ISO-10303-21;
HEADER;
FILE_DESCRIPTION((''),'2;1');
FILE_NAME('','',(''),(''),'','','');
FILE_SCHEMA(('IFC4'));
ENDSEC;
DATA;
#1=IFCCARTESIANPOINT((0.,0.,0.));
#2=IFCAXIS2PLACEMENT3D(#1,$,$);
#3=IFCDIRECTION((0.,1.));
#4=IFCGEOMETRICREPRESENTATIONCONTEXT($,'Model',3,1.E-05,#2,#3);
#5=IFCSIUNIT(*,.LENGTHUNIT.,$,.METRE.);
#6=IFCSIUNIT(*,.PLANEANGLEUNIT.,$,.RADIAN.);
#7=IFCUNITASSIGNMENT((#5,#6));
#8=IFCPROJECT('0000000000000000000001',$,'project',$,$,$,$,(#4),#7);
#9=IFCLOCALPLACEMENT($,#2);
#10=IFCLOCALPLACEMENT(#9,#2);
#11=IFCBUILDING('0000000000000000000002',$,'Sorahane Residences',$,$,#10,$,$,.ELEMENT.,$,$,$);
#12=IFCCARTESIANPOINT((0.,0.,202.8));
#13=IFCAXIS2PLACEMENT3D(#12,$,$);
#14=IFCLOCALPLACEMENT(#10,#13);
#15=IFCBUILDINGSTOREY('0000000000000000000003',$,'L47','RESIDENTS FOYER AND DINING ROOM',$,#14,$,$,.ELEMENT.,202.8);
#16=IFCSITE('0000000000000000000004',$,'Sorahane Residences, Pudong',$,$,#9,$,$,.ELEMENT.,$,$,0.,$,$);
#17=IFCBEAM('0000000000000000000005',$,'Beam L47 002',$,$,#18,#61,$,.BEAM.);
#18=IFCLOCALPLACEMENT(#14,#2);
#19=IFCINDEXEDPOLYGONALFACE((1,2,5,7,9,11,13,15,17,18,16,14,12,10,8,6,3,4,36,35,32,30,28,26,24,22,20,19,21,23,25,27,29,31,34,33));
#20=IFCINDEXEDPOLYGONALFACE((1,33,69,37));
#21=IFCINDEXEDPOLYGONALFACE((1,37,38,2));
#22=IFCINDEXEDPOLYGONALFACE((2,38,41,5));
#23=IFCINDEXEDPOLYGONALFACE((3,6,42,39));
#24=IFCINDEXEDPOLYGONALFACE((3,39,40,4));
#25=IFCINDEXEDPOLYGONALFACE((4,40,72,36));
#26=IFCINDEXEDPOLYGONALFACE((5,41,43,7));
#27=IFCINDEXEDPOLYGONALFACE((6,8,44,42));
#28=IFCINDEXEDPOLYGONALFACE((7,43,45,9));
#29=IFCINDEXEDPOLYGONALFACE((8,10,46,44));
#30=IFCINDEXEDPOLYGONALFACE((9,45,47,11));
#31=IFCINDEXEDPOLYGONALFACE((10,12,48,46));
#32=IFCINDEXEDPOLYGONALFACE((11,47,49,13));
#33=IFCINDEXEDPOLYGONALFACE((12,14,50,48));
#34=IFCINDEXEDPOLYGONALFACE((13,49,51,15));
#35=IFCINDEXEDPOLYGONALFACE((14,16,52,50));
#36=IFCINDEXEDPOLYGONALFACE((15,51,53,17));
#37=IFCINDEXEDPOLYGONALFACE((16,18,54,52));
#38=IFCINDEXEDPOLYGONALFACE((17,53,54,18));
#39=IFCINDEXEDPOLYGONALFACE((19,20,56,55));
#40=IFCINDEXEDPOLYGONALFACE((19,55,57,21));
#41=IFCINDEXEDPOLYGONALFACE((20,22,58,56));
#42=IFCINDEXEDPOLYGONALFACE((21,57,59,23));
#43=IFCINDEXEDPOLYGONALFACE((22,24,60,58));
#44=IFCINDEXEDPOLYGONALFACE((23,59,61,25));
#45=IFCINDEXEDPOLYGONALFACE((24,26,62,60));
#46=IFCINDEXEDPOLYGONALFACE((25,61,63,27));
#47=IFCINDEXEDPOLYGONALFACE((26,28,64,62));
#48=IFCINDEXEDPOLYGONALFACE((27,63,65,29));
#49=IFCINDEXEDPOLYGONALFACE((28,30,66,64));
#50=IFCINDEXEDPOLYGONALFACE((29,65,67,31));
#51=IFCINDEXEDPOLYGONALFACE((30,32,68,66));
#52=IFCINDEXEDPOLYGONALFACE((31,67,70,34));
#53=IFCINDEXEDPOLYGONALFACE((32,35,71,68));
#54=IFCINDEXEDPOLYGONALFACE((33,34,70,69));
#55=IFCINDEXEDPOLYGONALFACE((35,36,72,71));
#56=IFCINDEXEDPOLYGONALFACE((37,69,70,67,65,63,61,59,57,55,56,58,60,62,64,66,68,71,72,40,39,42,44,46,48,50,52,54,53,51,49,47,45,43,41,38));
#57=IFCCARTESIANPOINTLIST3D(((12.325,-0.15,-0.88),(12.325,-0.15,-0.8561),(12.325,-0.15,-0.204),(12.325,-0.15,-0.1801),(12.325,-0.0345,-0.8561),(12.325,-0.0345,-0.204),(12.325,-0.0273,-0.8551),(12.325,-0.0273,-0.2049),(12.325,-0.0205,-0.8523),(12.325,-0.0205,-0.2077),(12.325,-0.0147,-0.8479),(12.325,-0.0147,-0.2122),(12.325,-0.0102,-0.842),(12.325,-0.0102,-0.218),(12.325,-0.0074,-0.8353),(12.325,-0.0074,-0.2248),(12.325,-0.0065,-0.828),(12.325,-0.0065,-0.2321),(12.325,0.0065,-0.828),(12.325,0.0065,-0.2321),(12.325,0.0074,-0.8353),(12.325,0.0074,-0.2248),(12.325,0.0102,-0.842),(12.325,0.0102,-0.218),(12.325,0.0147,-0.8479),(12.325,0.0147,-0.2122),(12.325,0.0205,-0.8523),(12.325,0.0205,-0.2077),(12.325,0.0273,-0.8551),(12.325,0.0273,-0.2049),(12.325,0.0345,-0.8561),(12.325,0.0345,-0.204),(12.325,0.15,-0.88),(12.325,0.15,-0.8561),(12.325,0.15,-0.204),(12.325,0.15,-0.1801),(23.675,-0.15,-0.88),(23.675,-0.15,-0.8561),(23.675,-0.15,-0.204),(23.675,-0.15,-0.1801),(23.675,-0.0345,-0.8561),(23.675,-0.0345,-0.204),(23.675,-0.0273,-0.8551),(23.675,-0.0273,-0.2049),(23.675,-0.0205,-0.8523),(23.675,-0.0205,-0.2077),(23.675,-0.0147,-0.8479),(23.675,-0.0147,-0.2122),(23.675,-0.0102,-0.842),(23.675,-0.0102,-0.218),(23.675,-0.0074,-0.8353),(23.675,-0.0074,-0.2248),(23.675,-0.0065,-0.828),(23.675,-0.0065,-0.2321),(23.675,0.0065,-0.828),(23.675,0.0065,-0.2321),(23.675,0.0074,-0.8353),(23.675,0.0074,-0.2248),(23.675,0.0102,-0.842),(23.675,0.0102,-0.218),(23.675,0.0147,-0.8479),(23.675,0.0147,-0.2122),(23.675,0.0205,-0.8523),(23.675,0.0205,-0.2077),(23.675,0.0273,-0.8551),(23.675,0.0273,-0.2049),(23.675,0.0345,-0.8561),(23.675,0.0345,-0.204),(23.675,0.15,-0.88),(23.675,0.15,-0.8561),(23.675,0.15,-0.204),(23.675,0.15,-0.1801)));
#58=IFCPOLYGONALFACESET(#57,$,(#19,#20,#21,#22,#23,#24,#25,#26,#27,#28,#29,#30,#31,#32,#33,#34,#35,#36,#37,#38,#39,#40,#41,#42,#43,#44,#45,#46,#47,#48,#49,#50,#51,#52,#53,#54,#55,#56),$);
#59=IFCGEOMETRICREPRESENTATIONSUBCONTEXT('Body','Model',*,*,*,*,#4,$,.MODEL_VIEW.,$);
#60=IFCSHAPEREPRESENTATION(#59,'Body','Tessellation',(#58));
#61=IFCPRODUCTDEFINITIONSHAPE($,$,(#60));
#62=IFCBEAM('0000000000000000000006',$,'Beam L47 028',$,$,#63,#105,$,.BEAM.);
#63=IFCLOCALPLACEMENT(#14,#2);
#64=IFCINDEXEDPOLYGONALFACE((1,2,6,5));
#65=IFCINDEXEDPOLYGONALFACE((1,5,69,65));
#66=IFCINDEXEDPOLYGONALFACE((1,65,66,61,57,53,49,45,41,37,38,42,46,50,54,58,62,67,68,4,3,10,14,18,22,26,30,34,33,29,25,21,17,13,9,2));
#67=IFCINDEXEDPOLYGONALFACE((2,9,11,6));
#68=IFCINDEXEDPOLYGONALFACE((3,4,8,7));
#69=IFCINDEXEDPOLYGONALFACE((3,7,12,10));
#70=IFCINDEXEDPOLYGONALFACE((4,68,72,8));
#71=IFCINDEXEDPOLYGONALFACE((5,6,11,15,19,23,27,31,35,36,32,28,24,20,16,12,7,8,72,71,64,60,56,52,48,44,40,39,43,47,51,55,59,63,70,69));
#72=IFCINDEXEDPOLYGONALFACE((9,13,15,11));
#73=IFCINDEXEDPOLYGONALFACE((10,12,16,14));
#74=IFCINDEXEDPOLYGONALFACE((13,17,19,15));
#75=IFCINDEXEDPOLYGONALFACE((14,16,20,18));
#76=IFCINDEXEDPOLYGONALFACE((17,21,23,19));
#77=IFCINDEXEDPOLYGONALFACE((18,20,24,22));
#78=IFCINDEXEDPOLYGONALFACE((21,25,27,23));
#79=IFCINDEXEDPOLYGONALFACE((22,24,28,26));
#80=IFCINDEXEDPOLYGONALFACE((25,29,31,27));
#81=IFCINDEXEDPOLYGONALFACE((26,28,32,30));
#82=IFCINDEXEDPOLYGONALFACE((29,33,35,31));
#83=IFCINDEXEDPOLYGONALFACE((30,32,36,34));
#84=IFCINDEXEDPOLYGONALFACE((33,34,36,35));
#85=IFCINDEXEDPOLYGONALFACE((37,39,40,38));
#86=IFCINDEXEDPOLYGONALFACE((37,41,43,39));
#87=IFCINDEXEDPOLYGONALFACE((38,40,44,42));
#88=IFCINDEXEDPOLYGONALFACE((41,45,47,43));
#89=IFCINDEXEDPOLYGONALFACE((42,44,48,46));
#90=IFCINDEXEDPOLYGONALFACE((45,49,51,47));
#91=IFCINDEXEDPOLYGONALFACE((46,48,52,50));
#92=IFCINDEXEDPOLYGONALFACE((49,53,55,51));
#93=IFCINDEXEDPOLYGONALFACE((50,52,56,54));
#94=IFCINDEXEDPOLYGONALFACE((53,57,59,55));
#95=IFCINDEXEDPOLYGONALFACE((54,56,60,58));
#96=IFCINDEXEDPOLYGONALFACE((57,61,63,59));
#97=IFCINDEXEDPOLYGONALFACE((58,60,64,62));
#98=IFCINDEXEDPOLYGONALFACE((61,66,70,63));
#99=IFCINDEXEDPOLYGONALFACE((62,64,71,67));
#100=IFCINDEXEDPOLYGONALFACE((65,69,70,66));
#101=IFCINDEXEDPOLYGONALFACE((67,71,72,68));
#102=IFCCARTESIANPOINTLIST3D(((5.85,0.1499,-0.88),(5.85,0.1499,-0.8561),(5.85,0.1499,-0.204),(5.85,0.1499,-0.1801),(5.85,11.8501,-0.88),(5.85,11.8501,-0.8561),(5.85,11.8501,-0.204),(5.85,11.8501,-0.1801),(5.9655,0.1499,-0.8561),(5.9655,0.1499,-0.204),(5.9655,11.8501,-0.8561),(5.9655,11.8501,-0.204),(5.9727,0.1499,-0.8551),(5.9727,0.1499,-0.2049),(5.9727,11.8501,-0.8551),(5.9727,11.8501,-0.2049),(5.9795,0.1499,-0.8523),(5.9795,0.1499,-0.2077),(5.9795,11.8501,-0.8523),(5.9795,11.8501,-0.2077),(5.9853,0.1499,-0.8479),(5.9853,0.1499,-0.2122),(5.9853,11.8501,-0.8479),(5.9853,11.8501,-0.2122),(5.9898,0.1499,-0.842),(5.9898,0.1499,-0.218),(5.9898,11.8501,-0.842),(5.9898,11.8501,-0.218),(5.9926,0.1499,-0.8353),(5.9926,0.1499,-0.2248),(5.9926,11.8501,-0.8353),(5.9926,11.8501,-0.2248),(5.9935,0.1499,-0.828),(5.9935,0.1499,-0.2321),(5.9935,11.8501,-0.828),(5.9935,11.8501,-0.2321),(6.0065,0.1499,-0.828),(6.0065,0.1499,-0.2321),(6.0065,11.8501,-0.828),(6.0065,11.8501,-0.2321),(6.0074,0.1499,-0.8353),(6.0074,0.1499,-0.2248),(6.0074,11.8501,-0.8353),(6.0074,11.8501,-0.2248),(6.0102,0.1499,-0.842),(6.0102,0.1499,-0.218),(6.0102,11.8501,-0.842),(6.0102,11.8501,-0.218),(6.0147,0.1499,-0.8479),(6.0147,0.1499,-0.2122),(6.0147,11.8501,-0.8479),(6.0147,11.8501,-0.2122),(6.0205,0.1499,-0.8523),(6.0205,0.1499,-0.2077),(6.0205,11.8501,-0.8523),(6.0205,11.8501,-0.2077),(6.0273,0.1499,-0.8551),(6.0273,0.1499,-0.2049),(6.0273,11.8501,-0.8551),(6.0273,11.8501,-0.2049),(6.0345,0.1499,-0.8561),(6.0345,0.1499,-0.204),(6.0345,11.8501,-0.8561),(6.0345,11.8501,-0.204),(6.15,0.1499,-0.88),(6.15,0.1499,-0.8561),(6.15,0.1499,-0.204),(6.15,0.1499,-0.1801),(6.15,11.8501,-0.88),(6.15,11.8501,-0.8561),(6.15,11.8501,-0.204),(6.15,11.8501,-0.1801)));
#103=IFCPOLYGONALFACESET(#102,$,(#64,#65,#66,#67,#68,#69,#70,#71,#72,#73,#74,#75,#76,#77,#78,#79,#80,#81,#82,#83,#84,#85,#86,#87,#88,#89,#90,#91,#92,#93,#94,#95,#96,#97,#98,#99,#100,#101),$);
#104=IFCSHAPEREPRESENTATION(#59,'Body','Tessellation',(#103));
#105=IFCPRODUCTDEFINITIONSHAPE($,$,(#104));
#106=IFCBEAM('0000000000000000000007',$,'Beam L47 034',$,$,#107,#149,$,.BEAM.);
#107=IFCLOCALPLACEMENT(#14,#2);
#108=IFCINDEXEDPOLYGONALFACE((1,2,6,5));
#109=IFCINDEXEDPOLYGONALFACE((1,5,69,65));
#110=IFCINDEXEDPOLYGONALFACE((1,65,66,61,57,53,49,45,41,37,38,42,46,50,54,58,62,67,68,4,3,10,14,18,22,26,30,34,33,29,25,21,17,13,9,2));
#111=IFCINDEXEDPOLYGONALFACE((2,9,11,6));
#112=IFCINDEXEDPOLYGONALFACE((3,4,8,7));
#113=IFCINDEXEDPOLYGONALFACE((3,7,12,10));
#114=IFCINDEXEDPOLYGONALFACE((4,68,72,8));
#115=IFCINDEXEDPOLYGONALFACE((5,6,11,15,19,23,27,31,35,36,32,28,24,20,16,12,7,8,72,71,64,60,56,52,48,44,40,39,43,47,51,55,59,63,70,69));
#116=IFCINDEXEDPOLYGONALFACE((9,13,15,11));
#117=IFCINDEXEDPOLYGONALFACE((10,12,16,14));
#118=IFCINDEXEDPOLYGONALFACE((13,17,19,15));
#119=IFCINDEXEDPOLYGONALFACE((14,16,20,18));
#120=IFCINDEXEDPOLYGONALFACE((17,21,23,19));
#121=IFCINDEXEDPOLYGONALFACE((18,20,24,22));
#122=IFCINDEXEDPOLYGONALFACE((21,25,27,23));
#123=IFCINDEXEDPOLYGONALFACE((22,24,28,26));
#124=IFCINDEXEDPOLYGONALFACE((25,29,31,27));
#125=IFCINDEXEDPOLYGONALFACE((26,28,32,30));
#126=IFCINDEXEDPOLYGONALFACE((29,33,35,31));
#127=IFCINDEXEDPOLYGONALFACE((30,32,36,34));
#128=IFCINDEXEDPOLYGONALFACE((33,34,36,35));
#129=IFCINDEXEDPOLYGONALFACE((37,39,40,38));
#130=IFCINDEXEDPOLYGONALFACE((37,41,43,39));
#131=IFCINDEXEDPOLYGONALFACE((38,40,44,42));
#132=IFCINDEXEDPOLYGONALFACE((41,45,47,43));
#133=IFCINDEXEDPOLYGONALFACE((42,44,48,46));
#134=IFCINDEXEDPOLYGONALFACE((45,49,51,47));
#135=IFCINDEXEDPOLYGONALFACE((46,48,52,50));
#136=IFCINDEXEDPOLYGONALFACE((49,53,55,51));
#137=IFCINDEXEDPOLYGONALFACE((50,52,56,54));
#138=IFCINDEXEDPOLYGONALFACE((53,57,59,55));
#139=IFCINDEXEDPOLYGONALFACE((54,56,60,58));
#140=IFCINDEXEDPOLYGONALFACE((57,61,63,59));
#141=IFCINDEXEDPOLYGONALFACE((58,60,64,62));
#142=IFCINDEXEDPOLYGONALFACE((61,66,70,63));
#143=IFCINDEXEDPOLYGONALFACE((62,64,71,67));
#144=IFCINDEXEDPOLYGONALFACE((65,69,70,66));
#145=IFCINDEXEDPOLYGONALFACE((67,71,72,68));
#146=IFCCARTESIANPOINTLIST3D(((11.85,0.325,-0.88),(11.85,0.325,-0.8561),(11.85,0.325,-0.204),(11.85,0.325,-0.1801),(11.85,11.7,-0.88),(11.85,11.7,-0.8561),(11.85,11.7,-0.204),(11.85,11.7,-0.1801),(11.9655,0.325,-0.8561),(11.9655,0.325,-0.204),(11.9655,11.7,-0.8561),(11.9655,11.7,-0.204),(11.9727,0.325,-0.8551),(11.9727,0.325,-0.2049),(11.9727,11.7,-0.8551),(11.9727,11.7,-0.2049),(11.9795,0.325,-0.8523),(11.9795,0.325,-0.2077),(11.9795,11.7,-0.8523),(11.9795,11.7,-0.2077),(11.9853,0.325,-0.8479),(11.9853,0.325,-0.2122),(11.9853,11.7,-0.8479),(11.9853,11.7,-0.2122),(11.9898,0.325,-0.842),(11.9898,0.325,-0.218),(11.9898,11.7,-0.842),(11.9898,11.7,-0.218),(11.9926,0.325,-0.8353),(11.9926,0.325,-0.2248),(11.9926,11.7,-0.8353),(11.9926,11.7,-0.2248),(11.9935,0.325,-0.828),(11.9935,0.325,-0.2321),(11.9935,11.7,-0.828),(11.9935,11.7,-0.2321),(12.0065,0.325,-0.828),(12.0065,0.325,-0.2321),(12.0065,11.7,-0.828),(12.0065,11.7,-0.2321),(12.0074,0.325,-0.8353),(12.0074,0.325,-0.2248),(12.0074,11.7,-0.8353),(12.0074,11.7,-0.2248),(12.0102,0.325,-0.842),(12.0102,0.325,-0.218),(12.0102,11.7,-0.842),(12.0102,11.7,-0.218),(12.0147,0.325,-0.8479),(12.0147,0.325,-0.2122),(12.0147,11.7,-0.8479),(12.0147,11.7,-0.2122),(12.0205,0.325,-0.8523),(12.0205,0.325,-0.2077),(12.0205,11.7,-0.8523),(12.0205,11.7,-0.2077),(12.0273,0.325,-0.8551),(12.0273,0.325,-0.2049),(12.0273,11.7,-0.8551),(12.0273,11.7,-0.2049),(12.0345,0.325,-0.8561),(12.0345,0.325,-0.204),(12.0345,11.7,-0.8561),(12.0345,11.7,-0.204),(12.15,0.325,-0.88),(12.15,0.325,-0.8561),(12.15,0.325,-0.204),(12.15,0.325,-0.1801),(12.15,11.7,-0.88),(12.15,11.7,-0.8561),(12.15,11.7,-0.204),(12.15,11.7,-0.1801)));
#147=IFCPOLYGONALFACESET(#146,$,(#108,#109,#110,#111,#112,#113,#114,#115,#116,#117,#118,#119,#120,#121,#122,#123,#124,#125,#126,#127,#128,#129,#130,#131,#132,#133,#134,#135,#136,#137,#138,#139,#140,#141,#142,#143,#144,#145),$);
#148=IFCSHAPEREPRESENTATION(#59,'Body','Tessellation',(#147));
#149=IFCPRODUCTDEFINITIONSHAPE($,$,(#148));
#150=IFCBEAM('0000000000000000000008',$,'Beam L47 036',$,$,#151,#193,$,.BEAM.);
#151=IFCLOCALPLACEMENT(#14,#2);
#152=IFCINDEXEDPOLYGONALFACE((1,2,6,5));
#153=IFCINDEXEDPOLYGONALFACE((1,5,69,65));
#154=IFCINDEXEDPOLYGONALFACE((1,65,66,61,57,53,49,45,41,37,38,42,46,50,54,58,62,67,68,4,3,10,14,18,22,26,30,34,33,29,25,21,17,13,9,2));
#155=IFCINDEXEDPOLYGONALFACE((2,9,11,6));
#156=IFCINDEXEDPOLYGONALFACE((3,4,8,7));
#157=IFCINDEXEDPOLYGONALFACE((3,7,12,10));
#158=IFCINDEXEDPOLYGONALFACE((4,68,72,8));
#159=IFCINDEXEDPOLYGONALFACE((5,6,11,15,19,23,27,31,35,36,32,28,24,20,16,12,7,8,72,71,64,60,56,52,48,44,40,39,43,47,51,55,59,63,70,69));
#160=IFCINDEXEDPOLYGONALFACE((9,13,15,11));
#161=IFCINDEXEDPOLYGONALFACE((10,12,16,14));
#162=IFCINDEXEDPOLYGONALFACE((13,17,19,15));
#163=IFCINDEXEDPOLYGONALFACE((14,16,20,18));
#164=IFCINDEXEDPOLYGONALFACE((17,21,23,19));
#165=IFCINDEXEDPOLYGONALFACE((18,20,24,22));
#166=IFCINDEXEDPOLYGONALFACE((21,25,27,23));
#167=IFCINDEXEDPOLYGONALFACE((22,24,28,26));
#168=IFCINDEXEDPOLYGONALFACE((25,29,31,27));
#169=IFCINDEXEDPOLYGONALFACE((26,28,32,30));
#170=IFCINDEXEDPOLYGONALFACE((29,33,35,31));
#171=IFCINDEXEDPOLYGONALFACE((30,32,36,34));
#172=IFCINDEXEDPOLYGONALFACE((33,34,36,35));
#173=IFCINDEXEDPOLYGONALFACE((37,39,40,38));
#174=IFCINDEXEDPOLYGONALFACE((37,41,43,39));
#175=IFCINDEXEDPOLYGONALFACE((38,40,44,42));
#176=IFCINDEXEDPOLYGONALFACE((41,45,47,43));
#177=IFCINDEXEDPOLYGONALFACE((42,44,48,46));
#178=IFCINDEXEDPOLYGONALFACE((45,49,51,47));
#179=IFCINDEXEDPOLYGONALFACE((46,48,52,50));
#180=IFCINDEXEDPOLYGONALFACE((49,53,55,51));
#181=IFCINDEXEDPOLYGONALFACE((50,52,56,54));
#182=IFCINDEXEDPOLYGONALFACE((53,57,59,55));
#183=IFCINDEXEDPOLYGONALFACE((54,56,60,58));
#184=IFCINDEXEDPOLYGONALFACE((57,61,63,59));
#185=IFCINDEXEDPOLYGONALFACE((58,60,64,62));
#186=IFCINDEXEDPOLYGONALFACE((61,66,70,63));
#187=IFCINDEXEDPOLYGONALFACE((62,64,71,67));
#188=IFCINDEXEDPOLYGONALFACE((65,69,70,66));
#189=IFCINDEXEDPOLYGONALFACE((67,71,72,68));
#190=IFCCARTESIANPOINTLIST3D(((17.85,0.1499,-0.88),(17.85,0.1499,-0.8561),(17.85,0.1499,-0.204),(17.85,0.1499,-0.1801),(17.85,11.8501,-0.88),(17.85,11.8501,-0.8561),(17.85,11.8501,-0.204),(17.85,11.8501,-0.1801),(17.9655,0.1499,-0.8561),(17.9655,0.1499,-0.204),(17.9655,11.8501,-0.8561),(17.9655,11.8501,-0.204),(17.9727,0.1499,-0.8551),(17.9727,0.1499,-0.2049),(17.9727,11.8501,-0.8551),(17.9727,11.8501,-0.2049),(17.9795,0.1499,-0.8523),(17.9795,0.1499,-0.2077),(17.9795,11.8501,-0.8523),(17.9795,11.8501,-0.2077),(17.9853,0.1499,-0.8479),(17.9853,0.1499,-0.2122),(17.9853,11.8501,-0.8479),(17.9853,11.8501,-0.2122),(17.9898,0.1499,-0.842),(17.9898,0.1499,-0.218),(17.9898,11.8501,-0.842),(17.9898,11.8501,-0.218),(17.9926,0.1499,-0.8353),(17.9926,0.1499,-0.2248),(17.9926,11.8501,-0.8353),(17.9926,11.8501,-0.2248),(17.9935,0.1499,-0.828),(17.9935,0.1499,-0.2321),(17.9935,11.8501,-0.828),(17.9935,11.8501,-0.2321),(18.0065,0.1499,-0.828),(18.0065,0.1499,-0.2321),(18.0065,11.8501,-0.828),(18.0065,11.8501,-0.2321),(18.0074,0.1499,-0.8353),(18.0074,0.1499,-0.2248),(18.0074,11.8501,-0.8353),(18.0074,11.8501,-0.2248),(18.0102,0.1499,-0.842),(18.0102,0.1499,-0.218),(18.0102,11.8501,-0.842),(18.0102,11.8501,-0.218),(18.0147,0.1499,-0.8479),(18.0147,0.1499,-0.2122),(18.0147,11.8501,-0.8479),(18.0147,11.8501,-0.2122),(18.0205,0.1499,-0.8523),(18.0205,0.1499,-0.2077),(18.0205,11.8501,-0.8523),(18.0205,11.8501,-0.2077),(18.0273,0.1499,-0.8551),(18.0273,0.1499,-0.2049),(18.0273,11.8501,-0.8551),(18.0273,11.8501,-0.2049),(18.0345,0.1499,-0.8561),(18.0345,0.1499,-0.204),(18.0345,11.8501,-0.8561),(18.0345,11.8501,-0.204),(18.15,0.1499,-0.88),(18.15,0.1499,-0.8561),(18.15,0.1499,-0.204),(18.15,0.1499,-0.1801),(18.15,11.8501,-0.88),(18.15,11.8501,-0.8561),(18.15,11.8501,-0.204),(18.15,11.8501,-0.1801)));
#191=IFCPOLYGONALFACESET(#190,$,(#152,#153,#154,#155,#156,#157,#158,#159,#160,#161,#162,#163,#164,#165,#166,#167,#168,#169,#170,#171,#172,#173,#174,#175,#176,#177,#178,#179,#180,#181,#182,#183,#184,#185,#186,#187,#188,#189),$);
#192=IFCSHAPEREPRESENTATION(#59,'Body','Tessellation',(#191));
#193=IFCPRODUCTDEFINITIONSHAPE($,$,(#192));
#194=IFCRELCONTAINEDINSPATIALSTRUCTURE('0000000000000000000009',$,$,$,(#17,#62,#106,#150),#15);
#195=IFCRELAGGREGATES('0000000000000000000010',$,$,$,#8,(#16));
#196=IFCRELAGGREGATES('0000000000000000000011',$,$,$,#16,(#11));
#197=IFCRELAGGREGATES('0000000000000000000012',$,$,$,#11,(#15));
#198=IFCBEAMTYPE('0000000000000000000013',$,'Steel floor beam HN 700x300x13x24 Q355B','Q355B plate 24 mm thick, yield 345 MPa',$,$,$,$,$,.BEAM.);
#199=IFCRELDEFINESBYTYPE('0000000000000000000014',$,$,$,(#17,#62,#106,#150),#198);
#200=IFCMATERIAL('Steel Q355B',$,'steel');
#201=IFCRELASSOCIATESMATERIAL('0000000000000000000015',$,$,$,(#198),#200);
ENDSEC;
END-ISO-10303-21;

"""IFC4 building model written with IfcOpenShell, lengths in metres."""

from ifc_helpers import new_model, si_unit, direction, frame, origin, origin_2d, place, context, subcontext, project, spatial, i_section, extrude, material, material_profile, profile_set, type_object, element, save


model = new_model("IFC4")

# Units and contexts
model_context = context("Model", 3, precision=1e-05, world=origin(), true_north=direction((0.0, 1.0)))
body_context = subcontext(model_context, "Body", "Model", "MODEL_VIEW")
ifc_project = project(units=[si_unit("LENGTHUNIT", "METRE"), si_unit("PLANEANGLEUNIT", "RADIAN")], contexts=[model_context])

# Site, building, storey
site_placement = place(None, origin())
site = spatial("IfcSite", under=ifc_project, at=site_placement, Name="Sorahane Residences, Pudong", CompositionType="ELEMENT", RefElevation=0.0)
building_placement = place(site_placement, origin())
building = spatial("IfcBuilding", under=site, at=building_placement, Name="Sorahane Residences", CompositionType="ELEMENT")
storey_placement = place(building_placement, frame((0.0, 0.0, 202.8)))
storey = spatial("IfcBuildingStorey", under=building, at=storey_placement, Name="L47", Description="RESIDENTS FOYER AND DINING ROOM", CompositionType="ELEMENT", Elevation=202.8)

# Beams
ifc_material_1 = material(Name="Steel Q355B", Category="steel")
ifc_material_profile_1 = material_profile(ifc_material_1, i_section(OverallWidth=0.3, OverallDepth=0.7, WebThickness=0.0129, FlangeThickness=0.0239, FilletRadius=0.0281, at=origin_2d()), Name="HN 700x300x13x24")
ifc_profile_set_1 = profile_set([ifc_material_profile_1], Name="Steel Q355B")
beam_type_1 = type_object("IfcBeamType", Name="Steel floor beam HN 700x300x13x24 Q355B", Description="Q355B plate 24 mm thick, yield 345 MPa", PredefinedType="BEAM", material=ifc_profile_set_1)
for number, where, z_axis, x_axis, name in (
    (1, (12.325, 0.0, -0.53), (1.0, 0.0, 0.0), (0.0, 1.0, 0.0), "Beam L47 002"),
):
    element("IfcBeam", number, at=place(storey_placement, frame(where, z_axis=z_axis, x_axis=x_axis)), inside=storey, type_object=beam_type_1, Name=name, PredefinedType="BEAM", context=body_context, shape_type="SweptSolid", body=[
        extrude(i_section(OverallWidth=0.3, OverallDepth=0.7, WebThickness=0.0129, FlangeThickness=0.0239, FilletRadius=0.0281, at=origin_2d()), origin(), (0.0, 0.0, 1.0), 11.3501),
    ])
beam_1_placement = place(storey_placement, frame((6.0, 0.1499, -0.53), z_axis=(0.0, 1.0, 0.0), x_axis=(-1.0, 0.0, 0.0)))
element("IfcBeam", 2, at=beam_1_placement, inside=storey, type_object=beam_type_1, Name="Beam L47 028", PredefinedType="BEAM", context=body_context, shape_type="SweptSolid", body=[
    extrude(i_section(OverallWidth=0.3, OverallDepth=0.7, WebThickness=0.0129, FlangeThickness=0.0239, FilletRadius=0.0281, at=origin_2d()), origin(), (0.0, 0.0, 1.0), 11.7002),
])
beam_2_placement = place(storey_placement, frame((12.0, 0.325, -0.53), z_axis=(0.0, 1.0, 0.0), x_axis=(-1.0, 0.0, 0.0)))
element("IfcBeam", 3, at=beam_2_placement, inside=storey, type_object=beam_type_1, Name="Beam L47 034", PredefinedType="BEAM", context=body_context, shape_type="SweptSolid", body=[
    extrude(i_section(OverallWidth=0.3, OverallDepth=0.7, WebThickness=0.0129, FlangeThickness=0.0239, FilletRadius=0.0281, at=origin_2d()), origin(), (0.0, 0.0, 1.0), 11.375),
])
beam_3_placement = place(storey_placement, frame((18.0, 0.1499, -0.53), z_axis=(0.0, 1.0, 0.0), x_axis=(-1.0, 0.0, 0.0)))
element("IfcBeam", 4, at=beam_3_placement, inside=storey, type_object=beam_type_1, Name="Beam L47 036", PredefinedType="BEAM", context=body_context, shape_type="SweptSolid", body=[
    extrude(i_section(OverallWidth=0.3, OverallDepth=0.7, WebThickness=0.0129, FlangeThickness=0.0239, FilletRadius=0.0281, at=origin_2d()), origin(), (0.0, 0.0, 1.0), 11.7002),
])

save(model, "model.ifc")
